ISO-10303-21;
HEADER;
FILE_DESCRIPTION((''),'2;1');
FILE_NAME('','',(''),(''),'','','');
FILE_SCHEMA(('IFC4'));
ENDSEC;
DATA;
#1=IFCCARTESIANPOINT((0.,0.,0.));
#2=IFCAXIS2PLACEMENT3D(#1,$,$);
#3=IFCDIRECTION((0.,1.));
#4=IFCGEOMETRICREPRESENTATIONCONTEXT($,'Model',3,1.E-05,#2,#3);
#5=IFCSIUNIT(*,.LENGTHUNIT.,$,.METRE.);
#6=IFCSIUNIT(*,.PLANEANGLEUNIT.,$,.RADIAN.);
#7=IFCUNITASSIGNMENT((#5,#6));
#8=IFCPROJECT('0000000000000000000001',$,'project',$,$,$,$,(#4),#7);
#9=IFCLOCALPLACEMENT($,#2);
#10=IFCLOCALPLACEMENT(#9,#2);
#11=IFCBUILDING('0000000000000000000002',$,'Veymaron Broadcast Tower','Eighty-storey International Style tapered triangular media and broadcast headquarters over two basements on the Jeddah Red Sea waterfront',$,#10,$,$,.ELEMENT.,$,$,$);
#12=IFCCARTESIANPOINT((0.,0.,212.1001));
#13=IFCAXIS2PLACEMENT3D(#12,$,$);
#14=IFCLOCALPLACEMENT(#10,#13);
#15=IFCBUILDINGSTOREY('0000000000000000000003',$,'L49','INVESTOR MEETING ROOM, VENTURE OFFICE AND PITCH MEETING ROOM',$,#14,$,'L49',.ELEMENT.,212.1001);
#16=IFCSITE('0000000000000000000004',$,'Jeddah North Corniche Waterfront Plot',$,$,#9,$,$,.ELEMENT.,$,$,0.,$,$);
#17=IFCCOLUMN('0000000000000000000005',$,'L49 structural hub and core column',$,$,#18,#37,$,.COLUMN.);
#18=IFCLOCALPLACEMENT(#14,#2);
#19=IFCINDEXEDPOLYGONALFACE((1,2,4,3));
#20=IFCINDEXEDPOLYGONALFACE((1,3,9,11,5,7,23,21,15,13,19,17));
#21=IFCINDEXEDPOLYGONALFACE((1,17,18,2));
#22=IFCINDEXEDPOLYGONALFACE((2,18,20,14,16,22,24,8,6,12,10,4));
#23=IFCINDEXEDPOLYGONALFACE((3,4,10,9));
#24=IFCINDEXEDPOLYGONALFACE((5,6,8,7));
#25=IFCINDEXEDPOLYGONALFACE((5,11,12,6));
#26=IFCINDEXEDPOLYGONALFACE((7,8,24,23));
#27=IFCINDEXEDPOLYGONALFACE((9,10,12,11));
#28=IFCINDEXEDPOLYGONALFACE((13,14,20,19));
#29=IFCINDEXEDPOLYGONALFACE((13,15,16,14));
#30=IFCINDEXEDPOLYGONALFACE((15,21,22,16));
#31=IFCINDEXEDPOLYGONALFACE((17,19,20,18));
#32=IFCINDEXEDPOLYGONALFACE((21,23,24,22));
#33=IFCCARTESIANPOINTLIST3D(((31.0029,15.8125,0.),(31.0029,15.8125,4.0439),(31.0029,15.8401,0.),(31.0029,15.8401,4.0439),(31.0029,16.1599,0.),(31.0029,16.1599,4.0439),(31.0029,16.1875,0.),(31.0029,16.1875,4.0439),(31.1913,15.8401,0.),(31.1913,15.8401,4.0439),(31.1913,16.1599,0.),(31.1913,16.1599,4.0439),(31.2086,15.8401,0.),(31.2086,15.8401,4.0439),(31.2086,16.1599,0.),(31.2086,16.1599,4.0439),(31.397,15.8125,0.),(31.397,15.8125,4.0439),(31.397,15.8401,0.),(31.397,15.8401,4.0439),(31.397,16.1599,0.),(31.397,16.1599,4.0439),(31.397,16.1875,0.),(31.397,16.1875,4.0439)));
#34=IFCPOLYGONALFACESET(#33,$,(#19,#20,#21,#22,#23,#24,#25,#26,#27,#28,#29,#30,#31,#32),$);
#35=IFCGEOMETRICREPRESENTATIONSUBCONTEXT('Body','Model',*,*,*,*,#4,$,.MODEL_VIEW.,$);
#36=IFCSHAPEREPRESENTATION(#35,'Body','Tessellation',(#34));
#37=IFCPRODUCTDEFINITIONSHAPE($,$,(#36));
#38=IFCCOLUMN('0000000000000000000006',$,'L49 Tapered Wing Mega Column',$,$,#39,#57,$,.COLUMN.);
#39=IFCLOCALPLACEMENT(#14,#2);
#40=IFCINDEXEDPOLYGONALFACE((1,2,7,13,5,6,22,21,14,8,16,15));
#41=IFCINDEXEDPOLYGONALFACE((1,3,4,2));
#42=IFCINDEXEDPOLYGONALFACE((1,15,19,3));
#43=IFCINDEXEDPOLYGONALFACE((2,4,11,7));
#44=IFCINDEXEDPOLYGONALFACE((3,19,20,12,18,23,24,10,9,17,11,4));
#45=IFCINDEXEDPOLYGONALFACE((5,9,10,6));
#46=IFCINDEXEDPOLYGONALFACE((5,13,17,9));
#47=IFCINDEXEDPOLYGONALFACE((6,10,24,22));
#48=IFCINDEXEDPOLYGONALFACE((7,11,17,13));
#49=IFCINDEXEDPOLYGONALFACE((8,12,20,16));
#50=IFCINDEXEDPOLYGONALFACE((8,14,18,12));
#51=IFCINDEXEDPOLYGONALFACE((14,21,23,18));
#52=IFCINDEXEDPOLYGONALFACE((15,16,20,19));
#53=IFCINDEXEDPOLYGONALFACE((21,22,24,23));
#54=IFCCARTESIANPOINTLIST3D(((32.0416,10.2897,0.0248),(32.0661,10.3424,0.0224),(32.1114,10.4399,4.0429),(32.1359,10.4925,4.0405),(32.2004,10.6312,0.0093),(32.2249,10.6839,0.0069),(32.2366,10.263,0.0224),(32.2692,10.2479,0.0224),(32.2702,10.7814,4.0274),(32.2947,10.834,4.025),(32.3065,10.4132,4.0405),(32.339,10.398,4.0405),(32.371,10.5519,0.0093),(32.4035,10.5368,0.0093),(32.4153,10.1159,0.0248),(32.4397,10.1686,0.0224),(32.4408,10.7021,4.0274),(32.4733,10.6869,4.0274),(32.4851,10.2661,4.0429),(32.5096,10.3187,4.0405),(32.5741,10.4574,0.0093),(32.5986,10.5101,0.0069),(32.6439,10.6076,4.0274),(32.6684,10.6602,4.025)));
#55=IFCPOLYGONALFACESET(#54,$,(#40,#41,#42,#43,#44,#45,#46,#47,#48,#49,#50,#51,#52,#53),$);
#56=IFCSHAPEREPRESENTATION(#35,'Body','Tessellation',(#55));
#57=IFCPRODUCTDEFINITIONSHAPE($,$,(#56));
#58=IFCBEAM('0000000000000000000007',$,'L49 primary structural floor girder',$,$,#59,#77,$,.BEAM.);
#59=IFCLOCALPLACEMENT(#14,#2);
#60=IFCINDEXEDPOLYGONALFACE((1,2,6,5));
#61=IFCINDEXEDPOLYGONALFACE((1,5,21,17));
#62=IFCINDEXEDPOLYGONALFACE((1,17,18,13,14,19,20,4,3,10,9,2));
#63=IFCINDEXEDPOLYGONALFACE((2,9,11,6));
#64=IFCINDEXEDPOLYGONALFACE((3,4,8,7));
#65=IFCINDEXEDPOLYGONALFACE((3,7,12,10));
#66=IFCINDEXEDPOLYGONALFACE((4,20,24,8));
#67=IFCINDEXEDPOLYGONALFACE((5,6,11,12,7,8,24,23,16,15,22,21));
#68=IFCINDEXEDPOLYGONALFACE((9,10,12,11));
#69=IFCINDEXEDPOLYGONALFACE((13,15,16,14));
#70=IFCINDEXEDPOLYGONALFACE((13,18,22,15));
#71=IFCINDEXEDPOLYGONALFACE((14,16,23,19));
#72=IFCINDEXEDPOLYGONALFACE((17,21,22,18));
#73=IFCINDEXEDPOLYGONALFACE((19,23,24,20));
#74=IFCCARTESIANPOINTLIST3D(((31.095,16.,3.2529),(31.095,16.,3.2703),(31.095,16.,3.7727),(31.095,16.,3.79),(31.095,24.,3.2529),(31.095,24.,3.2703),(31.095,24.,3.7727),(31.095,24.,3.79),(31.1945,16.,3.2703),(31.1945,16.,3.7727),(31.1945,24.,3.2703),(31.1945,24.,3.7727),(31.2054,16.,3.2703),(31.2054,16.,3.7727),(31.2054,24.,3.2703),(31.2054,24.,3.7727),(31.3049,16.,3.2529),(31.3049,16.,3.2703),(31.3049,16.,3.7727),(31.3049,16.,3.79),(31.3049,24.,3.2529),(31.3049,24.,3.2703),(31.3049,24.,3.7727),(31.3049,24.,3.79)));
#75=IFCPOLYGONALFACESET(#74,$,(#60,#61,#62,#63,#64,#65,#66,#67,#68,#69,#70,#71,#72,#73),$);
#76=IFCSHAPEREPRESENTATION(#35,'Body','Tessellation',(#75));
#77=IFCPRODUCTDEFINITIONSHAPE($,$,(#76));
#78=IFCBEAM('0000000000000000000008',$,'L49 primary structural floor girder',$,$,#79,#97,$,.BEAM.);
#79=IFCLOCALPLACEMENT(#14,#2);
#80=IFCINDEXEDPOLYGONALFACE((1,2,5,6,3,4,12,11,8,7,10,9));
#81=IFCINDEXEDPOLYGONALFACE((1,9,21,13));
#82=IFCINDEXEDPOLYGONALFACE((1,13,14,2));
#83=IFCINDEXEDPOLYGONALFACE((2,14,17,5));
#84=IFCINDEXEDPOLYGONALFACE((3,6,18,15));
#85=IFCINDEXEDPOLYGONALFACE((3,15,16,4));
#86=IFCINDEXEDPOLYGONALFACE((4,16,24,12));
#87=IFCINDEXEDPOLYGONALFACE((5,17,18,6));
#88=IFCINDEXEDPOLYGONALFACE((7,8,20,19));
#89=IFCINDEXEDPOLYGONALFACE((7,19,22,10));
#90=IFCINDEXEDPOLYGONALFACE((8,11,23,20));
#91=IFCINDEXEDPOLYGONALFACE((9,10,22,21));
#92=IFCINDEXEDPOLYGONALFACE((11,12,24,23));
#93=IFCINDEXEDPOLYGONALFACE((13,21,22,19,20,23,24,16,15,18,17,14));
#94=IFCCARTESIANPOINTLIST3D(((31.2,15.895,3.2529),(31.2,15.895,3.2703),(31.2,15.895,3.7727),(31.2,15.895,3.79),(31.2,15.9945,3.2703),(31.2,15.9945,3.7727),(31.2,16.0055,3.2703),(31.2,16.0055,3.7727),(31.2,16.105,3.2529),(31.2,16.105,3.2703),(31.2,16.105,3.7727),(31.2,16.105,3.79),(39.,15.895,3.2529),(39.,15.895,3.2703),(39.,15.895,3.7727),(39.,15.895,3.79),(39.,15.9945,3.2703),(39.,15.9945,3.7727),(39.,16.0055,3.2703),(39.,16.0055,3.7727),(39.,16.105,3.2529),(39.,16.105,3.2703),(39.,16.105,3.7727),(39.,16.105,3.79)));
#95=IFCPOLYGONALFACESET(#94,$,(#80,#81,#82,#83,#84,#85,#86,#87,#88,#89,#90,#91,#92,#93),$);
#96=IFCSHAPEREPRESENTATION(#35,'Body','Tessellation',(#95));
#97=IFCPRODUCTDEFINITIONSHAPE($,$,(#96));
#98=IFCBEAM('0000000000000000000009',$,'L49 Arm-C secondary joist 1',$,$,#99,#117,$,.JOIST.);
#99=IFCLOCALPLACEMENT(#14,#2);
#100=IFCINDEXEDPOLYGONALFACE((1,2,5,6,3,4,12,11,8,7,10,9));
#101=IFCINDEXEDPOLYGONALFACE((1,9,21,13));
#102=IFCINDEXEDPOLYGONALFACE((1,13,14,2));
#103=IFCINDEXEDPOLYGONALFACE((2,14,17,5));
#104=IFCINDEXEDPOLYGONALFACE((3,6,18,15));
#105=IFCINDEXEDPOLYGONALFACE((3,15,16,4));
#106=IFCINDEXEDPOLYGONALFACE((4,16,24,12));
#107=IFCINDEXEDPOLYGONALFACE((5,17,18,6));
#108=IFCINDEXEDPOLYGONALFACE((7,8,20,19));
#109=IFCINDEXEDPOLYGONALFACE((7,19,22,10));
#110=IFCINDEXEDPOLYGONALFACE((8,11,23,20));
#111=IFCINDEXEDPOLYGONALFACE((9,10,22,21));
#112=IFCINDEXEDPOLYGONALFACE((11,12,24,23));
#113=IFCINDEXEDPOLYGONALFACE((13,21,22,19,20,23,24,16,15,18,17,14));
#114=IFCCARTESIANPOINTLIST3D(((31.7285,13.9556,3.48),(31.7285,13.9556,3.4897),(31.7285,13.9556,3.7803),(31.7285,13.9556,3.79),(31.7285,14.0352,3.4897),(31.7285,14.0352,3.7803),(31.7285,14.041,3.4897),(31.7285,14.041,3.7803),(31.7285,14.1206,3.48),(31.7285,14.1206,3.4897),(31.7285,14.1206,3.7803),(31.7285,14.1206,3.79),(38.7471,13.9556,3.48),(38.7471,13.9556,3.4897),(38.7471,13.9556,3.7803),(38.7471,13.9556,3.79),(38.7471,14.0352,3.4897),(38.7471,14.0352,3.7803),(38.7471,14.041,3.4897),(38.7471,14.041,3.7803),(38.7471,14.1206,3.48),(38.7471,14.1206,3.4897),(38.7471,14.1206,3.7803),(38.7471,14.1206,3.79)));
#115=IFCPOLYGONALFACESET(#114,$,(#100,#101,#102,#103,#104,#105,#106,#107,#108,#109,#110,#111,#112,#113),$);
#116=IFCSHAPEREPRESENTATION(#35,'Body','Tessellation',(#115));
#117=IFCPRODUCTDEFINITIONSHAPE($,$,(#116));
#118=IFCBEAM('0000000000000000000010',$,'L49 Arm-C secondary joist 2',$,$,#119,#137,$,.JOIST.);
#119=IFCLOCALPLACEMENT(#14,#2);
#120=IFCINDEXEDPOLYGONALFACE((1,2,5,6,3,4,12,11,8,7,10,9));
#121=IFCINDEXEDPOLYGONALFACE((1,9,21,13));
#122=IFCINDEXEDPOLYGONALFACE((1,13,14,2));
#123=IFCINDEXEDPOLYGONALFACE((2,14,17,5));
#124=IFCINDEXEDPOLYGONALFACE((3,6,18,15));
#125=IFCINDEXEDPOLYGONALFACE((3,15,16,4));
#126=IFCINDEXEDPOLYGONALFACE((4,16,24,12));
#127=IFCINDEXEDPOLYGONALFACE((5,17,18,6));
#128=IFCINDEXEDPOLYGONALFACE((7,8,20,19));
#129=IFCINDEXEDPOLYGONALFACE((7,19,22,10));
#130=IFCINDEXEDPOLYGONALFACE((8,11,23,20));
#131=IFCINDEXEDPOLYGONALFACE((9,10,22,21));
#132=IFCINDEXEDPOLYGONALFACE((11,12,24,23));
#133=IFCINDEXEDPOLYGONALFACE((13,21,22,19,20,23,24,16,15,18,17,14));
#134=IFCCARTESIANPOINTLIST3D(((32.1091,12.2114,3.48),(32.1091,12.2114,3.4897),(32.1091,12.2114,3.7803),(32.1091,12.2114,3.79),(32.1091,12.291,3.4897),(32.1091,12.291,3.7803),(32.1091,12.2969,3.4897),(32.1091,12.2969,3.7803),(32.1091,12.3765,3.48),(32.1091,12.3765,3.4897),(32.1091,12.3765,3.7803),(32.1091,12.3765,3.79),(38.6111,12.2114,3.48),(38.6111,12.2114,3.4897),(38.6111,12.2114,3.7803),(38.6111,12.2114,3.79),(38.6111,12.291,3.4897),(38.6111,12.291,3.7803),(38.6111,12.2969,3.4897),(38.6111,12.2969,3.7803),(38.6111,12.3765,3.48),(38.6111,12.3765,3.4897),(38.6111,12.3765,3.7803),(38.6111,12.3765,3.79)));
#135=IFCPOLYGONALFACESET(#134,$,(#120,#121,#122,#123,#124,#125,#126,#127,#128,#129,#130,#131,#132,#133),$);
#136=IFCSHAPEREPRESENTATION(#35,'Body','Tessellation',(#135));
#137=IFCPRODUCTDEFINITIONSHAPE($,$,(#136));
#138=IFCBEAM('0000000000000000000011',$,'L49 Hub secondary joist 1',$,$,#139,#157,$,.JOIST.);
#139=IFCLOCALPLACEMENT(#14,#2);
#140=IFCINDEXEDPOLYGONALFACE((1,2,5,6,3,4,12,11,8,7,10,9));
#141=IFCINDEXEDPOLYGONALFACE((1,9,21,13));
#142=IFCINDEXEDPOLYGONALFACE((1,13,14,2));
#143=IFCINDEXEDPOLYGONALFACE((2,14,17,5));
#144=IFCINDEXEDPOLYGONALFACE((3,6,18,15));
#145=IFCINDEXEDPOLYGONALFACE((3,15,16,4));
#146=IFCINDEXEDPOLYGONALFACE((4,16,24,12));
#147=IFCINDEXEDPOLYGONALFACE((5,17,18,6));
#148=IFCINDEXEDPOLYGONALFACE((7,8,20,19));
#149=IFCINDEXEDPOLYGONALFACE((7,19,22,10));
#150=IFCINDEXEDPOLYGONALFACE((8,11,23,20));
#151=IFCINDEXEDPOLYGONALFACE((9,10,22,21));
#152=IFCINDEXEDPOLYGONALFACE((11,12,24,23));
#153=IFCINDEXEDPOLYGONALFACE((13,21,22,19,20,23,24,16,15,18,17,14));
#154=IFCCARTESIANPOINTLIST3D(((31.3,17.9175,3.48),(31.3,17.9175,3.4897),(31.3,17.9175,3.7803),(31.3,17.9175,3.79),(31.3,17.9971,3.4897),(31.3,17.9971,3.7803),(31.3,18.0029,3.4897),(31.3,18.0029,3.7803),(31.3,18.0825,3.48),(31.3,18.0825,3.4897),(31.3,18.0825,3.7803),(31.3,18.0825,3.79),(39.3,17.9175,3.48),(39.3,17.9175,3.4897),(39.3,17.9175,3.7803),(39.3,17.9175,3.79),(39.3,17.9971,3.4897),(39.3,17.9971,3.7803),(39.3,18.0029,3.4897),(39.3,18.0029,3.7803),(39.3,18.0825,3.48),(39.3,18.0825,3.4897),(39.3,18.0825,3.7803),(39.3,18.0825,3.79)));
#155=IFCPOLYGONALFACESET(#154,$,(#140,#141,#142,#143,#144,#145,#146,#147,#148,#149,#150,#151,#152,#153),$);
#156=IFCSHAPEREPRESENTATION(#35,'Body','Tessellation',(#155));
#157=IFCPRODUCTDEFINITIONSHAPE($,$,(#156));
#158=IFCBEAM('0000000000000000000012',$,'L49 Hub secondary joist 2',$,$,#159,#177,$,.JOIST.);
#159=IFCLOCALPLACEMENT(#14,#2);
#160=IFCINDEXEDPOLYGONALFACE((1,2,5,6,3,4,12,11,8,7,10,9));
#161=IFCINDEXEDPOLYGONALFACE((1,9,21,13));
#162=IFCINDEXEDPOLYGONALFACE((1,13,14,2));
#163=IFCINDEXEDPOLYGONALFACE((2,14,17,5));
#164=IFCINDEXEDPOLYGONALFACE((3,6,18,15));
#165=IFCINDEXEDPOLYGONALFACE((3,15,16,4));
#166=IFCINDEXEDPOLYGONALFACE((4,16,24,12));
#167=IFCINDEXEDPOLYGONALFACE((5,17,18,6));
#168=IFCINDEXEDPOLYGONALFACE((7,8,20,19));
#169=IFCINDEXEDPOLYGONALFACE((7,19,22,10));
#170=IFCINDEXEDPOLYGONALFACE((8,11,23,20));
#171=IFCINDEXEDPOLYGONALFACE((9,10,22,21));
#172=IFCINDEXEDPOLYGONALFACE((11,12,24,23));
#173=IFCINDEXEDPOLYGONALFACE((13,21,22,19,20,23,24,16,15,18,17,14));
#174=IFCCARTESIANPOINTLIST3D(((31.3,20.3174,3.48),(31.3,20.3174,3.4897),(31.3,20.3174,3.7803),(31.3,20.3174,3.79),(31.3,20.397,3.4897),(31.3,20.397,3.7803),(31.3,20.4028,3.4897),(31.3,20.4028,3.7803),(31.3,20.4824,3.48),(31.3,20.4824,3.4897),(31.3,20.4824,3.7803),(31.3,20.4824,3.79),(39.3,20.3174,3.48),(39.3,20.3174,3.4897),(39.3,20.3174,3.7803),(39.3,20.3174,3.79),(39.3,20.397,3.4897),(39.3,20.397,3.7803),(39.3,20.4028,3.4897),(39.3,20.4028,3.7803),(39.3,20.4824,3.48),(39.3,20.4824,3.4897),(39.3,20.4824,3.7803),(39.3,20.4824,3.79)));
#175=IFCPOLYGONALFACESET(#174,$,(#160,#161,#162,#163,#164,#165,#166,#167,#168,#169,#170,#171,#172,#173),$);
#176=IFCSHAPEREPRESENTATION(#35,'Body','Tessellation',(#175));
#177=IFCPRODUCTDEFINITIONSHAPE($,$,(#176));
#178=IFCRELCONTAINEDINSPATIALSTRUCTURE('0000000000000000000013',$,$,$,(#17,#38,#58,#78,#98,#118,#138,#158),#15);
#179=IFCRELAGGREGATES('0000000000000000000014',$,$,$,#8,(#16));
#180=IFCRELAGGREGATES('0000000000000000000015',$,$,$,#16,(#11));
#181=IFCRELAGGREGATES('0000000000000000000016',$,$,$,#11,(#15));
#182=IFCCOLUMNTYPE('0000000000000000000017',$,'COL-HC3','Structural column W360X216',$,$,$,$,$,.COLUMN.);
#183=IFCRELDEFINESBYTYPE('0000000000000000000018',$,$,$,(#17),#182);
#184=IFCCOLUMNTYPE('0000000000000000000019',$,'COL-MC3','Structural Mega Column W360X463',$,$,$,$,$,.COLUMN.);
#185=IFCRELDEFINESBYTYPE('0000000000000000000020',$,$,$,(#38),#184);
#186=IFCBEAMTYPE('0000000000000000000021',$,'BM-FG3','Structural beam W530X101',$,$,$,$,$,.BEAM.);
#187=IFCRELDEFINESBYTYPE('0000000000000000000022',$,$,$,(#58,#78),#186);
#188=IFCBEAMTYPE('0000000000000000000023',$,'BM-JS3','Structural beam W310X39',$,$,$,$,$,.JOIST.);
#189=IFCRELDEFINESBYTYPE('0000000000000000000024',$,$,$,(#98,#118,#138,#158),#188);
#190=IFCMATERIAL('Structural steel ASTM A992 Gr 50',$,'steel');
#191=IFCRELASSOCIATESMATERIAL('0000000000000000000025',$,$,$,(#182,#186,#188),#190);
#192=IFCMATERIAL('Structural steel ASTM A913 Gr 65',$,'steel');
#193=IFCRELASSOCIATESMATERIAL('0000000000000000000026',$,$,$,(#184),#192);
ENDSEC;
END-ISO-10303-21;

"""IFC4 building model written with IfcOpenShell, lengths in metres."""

from ifc_helpers import new_model, si_unit, direction, frame, origin, origin_2d, place, context, subcontext, project, spatial, i_section, extrude, material, material_profile, profile_set, type_object, element, save


model = new_model("IFC4")

# Units and contexts
model_context = context("Model", 3, precision=1e-05, world=origin(), true_north=direction((0.0, 1.0)))
body_context = subcontext(model_context, "Body", "Model", "MODEL_VIEW")
ifc_project = project(units=[si_unit("LENGTHUNIT", "METRE"), si_unit("PLANEANGLEUNIT", "RADIAN")], contexts=[model_context])

# Site, building, storey
site_placement = place(None, origin())
site = spatial("IfcSite", under=ifc_project, at=site_placement, Name="Jeddah North Corniche Waterfront Plot", CompositionType="ELEMENT", RefElevation=0.0)
building_placement = place(site_placement, origin())
building = spatial("IfcBuilding", under=site, at=building_placement, Name="Veymaron Broadcast Tower", Description="Eighty-storey International Style tapered triangular media and broadcast headquarters over two basements on the Jeddah Red Sea waterfront", CompositionType="ELEMENT")
storey_placement = place(building_placement, frame((0.0, 0.0, 212.1001)))
storey = spatial("IfcBuildingStorey", under=building, at=storey_placement, Name="L49", Description="INVESTOR MEETING ROOM, VENTURE OFFICE AND PITCH MEETING ROOM", LongName="L49", CompositionType="ELEMENT", Elevation=212.1001)

# Columns
ifc_material_1 = material(Name="Structural steel ASTM A992 Gr 50", Category="steel")
ifc_material_profile_1 = material_profile(ifc_material_1, i_section(OverallWidth=0.394, OverallDepth=0.375, WebThickness=0.0173, FlangeThickness=0.0276, at=origin_2d()), Name="W360X216")
ifc_profile_set_1 = profile_set([ifc_material_profile_1], Name="Structural steel ASTM A992 Gr 50")
column_type_1 = type_object("IfcColumnType", Name="COL-HC3", Description="Structural column W360X216", PredefinedType="COLUMN", material=ifc_profile_set_1)
column_1_placement = place(storey_placement, frame((31.2, 16.0, 0.0), z_axis=(0.0, 0.0, 1.0), x_axis=(1.0, 0.0, 0.0)))
element("IfcColumn", 1, at=column_1_placement, inside=storey, type_object=column_type_1, Name="L49 structural hub and core column", PredefinedType="COLUMN", context=body_context, shape_type="SweptSolid", body=[
    extrude(i_section(OverallWidth=0.394, OverallDepth=0.375, WebThickness=0.0173, FlangeThickness=0.0276, at=origin_2d()), origin(), (0.0, 0.0, 1.0), 4.0439),
])
ifc_material_2 = material(Name="Structural steel ASTM A913 Gr 65", Category="steel")
ifc_material_profile_2 = material_profile(ifc_material_2, i_section(OverallWidth=0.4121, OverallDepth=0.4351, WebThickness=0.0359, FlangeThickness=0.0581, at=origin_2d()), Name="W360X463")
ifc_profile_set_2 = profile_set([ifc_material_profile_2], Name="Structural steel ASTM A913 Gr 65")
column_type_2 = type_object("IfcColumnType", Name="COL-MC3", Description="Structural Mega Column W360X463", PredefinedType="COLUMN", material=ifc_profile_set_2)
column_2_placement = place(storey_placement, frame((32.3201, 10.3999, 0.0159), z_axis=(0.017363, 0.037336, 0.999152), x_axis=(-0.906747, 0.421674, 0.0)))
element("IfcColumn", 2, at=column_2_placement, inside=storey, type_object=column_type_2, Name="L49 Tapered Wing Mega Column", PredefinedType="COLUMN", context=body_context, shape_type="SweptSolid", body=[
    extrude(i_section(OverallWidth=0.4121, OverallDepth=0.4351, WebThickness=0.0359, FlangeThickness=0.0581, at=origin_2d()), origin(), (0.0, 0.0, 1.0), 4.0215),
])

# Beams
ifc_material_profile_3 = material_profile(ifc_material_1, i_section(OverallWidth=0.21, OverallDepth=0.5371, WebThickness=0.011, FlangeThickness=0.0173, at=origin_2d()), Name="W530X101")
ifc_profile_set_3 = profile_set([ifc_material_profile_3], Name="Structural steel ASTM A992 Gr 50")
beam_type_1 = type_object("IfcBeamType", Name="BM-FG3", Description="Structural beam W530X101", PredefinedType="BEAM", material=ifc_profile_set_3)
beam_1_placement = place(storey_placement, frame((31.2, 16.0, 3.5215), z_axis=(0.0, 1.0, 0.0), x_axis=(-1.0, 0.0, 0.0)))
element("IfcBeam", 3, at=beam_1_placement, inside=storey, type_object=beam_type_1, Name="L49 primary structural floor girder", PredefinedType="BEAM", context=body_context, shape_type="SweptSolid", body=[
    extrude(i_section(OverallWidth=0.21, OverallDepth=0.5371, WebThickness=0.011, FlangeThickness=0.0173, at=origin_2d()), origin(), (0.0, 0.0, 1.0), 8.0),
])
beam_2_placement = place(storey_placement, frame((31.2, 16.0, 3.5215), z_axis=(1.0, 0.0, 0.0), x_axis=(0.0, 1.0, 0.0)))
element("IfcBeam", 4, at=beam_2_placement, inside=storey, type_object=beam_type_1, Name="L49 primary structural floor girder", PredefinedType="BEAM", context=body_context, shape_type="SweptSolid", body=[
    extrude(i_section(OverallWidth=0.21, OverallDepth=0.5371, WebThickness=0.011, FlangeThickness=0.0173, at=origin_2d()), origin(), (0.0, 0.0, 1.0), 7.8),
])
ifc_material_profile_4 = material_profile(ifc_material_1, i_section(OverallWidth=0.165, OverallDepth=0.3101, WebThickness=0.0059, FlangeThickness=0.0098, at=origin_2d()), Name="W310X39")
ifc_profile_set_4 = profile_set([ifc_material_profile_4], Name="Structural steel ASTM A992 Gr 50")
beam_type_2 = type_object("IfcBeamType", Name="BM-JS3", Description="Structural beam W310X39", PredefinedType="JOIST", material=ifc_profile_set_4)
beam_3_placement = place(storey_placement, frame((31.7285, 14.0381, 3.635), z_axis=(1.0, 0.0, 0.0), x_axis=(0.0, 1.0, 0.0)))
element("IfcBeam", 5, at=beam_3_placement, inside=storey, type_object=beam_type_2, Name="L49 Arm-C secondary joist 1", PredefinedType="JOIST", context=body_context, shape_type="SweptSolid", body=[
    extrude(i_section(OverallWidth=0.165, OverallDepth=0.3101, WebThickness=0.0059, FlangeThickness=0.0098, at=origin_2d()), origin(), (0.0, 0.0, 1.0), 7.0186),
])
beam_4_placement = place(storey_placement, frame((32.1091, 12.2939, 3.635), z_axis=(1.0, 0.0, 0.0), x_axis=(0.0, 1.0, 0.0)))
element("IfcBeam", 6, at=beam_4_placement, inside=storey, type_object=beam_type_2, Name="L49 Arm-C secondary joist 2", PredefinedType="JOIST", context=body_context, shape_type="SweptSolid", body=[
    extrude(i_section(OverallWidth=0.165, OverallDepth=0.3101, WebThickness=0.0059, FlangeThickness=0.0098, at=origin_2d()), origin(), (0.0, 0.0, 1.0), 6.502),
])
for number, where, z_axis, x_axis, name in (
    (7, (31.3, 18.0, 3.635), (1.0, 0.0, 0.0), (0.0, 1.0, 0.0), "L49 Hub secondary joist 1"),
    (8, (31.3, 20.3999, 3.635), (1.0, 0.0, 0.0), (0.0, 1.0, 0.0), "L49 Hub secondary joist 2"),
):
    element("IfcBeam", number, at=place(storey_placement, frame(where, z_axis=z_axis, x_axis=x_axis)), inside=storey, type_object=beam_type_2, Name=name, PredefinedType="JOIST", context=body_context, shape_type="SweptSolid", body=[
        extrude(i_section(OverallWidth=0.165, OverallDepth=0.3101, WebThickness=0.0059, FlangeThickness=0.0098, at=origin_2d()), origin(), (0.0, 0.0, 1.0), 8.0),
    ])

save(model, "model.ifc")
